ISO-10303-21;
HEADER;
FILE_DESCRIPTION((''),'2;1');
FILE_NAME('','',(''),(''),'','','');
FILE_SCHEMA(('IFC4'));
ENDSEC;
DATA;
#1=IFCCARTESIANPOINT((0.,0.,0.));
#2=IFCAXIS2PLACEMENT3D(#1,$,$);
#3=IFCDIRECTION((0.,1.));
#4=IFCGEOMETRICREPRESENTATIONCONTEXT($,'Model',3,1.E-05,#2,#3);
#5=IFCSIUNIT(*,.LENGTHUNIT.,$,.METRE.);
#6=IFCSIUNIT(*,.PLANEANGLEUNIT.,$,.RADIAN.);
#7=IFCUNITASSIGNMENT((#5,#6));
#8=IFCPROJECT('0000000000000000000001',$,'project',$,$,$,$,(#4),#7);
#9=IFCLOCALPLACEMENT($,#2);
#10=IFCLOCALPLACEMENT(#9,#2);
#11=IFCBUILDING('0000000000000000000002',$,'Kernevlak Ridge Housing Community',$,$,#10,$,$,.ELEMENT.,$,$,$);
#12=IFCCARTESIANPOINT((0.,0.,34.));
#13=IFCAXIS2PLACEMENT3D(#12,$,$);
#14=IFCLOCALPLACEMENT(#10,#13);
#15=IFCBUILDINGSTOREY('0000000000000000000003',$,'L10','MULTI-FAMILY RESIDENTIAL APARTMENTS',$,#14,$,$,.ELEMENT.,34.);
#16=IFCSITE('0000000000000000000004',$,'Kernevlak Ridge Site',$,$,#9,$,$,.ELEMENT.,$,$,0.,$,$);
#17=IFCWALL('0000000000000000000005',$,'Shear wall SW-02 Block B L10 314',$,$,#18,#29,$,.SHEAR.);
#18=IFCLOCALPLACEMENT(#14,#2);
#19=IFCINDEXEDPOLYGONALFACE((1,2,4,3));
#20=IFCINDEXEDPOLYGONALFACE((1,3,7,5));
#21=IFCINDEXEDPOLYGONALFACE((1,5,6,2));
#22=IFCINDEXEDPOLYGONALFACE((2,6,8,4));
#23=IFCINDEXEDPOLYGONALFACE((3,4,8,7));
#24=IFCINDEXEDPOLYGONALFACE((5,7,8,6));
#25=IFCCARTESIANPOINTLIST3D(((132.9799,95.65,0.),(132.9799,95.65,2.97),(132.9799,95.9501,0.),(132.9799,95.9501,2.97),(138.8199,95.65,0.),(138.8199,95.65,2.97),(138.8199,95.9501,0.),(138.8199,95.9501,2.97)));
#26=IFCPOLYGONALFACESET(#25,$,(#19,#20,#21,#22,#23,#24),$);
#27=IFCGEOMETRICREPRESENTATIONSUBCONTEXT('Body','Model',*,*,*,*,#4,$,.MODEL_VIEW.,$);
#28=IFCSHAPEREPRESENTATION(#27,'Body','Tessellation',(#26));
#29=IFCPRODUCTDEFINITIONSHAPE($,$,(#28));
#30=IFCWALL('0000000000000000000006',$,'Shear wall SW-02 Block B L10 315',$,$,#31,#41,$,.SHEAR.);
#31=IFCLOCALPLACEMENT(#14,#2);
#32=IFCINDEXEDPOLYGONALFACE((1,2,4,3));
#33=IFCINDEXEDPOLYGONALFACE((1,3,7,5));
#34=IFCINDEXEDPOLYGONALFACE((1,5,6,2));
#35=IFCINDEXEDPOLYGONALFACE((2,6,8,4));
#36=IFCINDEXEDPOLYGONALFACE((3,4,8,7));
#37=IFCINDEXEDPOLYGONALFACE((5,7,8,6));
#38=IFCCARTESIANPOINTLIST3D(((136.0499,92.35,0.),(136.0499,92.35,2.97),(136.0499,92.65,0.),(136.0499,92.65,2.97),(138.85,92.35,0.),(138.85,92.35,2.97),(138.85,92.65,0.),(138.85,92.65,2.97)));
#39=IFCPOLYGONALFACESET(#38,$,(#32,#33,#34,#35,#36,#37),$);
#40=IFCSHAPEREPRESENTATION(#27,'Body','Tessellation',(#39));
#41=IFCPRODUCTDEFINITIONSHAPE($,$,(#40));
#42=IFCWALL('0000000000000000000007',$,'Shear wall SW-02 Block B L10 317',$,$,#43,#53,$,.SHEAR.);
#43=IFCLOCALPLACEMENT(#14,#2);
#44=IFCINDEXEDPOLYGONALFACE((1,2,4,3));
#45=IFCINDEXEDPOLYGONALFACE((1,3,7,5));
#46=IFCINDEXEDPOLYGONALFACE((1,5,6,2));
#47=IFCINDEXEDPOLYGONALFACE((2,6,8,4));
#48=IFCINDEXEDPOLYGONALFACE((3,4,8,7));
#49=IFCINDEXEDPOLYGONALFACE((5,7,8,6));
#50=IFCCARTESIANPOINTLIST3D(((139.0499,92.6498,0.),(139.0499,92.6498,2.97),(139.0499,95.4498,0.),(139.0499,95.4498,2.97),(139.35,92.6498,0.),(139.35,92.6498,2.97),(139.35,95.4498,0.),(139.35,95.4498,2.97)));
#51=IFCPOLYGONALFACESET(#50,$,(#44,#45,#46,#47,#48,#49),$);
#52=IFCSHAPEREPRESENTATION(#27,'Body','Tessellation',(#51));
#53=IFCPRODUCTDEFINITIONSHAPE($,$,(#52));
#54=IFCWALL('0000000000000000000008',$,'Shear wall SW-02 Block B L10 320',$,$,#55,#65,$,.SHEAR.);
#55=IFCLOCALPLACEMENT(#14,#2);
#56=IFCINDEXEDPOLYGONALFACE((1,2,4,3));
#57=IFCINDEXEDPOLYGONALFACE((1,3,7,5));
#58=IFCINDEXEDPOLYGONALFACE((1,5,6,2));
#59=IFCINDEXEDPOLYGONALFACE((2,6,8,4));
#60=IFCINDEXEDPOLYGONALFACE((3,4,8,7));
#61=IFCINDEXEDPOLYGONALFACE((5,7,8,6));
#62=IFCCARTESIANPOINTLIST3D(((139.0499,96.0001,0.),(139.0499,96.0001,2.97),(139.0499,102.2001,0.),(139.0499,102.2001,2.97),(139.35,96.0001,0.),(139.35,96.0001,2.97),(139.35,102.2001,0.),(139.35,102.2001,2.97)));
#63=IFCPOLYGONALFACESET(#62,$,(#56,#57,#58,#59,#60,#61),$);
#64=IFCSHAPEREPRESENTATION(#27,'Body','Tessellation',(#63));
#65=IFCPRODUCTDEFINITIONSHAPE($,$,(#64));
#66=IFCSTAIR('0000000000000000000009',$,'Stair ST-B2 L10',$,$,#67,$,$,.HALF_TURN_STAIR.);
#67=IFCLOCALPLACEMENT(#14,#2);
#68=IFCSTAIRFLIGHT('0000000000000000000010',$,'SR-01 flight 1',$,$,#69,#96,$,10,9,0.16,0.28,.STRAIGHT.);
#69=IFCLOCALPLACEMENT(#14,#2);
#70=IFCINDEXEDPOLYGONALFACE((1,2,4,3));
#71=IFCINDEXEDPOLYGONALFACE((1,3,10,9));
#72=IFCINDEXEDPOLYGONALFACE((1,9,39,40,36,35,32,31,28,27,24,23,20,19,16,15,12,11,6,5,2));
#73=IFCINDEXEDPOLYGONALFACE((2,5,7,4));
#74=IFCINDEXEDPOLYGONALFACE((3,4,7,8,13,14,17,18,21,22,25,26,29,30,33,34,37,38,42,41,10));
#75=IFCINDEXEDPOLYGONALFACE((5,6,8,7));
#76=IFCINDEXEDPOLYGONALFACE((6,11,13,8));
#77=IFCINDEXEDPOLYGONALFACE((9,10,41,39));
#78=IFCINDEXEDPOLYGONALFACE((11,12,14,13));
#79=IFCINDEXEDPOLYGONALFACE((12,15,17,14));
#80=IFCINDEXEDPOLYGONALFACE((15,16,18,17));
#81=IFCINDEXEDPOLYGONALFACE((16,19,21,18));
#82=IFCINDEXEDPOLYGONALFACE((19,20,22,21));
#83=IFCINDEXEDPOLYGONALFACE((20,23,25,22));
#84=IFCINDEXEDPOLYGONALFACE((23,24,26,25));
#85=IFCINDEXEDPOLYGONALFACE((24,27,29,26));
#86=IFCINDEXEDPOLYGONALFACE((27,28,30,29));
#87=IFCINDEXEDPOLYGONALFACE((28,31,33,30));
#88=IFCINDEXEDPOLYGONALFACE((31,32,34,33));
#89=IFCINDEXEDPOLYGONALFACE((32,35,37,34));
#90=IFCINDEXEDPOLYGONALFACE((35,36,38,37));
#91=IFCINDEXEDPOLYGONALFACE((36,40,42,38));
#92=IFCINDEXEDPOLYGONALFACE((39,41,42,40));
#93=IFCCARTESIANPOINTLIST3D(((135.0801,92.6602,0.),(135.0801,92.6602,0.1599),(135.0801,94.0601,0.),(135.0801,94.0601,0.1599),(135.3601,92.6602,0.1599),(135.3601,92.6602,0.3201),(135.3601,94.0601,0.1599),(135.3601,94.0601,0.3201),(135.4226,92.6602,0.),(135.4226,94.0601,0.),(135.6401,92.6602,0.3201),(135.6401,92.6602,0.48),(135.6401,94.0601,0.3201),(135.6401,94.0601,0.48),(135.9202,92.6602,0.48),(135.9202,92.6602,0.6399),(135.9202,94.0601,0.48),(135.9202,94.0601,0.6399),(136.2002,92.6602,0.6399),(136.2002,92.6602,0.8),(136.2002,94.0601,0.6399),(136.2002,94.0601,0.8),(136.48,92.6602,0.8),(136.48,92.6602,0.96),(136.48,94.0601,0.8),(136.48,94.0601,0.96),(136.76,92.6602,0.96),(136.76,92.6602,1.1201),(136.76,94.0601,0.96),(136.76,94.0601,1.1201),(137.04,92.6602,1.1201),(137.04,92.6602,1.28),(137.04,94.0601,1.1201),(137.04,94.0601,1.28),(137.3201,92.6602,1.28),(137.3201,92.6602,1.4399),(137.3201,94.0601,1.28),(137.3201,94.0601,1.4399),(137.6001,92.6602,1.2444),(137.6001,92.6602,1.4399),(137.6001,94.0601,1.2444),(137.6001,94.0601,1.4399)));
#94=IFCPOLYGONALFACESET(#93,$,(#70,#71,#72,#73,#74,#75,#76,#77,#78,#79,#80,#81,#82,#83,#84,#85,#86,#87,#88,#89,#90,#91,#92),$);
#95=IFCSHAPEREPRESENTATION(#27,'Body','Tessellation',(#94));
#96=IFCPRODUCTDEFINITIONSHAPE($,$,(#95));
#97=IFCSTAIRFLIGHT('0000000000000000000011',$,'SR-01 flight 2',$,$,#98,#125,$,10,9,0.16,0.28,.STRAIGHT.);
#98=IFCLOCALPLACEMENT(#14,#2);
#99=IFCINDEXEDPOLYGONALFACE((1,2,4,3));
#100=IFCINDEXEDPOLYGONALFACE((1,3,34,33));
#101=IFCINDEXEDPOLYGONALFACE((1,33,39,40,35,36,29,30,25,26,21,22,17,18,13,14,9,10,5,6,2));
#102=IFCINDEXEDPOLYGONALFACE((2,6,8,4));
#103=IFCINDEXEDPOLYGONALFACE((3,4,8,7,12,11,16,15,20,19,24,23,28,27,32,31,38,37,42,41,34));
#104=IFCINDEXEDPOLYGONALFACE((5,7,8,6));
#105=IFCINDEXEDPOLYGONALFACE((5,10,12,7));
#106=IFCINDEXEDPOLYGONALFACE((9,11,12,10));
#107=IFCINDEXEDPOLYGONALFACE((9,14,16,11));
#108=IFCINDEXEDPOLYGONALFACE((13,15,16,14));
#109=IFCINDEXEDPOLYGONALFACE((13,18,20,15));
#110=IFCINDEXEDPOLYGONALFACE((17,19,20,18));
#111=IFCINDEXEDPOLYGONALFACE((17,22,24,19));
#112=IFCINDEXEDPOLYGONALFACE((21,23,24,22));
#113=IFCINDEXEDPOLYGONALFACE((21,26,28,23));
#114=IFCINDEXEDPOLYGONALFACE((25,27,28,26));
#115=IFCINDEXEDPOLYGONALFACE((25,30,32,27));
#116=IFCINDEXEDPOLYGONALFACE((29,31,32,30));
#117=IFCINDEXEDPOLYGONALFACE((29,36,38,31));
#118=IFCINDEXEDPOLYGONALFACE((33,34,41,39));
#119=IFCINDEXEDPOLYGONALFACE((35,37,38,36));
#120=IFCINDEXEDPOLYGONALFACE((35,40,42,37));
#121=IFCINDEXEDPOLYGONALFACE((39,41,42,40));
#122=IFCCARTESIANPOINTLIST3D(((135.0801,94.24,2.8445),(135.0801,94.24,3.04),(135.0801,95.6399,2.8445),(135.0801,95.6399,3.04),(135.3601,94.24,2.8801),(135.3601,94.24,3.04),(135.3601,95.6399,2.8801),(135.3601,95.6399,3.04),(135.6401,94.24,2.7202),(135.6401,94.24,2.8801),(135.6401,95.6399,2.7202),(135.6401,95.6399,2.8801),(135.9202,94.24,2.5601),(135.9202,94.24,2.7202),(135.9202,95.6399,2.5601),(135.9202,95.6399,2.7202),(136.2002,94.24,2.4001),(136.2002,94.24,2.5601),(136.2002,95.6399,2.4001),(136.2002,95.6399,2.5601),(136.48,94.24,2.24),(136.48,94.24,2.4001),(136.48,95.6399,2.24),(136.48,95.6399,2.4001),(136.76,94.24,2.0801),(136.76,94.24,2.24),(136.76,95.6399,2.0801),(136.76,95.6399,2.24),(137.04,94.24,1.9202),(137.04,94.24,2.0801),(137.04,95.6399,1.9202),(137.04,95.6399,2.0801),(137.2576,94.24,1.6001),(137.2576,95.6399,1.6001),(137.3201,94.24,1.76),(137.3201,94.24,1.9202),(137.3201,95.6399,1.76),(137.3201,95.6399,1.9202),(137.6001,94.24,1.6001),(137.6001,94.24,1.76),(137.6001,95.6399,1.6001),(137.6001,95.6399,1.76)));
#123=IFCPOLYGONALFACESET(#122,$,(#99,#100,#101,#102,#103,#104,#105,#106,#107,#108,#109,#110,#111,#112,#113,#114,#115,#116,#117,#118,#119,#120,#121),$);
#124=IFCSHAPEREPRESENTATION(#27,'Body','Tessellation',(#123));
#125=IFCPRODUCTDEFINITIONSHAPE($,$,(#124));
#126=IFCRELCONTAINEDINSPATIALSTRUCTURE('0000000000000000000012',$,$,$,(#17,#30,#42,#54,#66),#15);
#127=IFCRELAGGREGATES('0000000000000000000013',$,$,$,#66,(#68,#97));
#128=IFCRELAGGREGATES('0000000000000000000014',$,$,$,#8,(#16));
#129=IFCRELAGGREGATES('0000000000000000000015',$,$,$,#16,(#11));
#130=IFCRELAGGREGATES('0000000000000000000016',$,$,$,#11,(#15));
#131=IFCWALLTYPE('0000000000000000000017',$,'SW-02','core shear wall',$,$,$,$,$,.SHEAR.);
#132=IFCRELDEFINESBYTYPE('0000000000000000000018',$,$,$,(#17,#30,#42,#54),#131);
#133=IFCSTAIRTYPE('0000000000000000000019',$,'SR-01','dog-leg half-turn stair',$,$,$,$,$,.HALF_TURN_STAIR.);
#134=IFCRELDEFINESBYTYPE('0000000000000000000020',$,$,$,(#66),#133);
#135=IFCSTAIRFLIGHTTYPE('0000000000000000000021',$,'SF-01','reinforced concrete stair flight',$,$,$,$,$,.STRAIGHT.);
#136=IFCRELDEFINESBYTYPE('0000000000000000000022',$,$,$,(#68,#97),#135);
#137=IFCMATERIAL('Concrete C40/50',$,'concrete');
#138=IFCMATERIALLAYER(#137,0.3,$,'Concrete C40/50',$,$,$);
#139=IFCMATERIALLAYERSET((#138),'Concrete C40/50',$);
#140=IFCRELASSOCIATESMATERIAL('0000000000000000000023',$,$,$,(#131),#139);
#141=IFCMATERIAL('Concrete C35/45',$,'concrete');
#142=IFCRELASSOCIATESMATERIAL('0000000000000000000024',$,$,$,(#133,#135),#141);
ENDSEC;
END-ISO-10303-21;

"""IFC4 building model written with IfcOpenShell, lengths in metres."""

from ifc_helpers import new_model, si_unit, direction, frame, frame_2d, origin, place, context, subcontext, project, spatial, polyline, rectangle, outline, extrude, material, layer, layer_set, type_object, element, aggregate, save


model = new_model("IFC4")

# Units and contexts
model_context = context("Model", 3, precision=1e-05, world=origin(), true_north=direction((0.0, 1.0)))
body_context = subcontext(model_context, "Body", "Model", "MODEL_VIEW")
ifc_project = project(units=[si_unit("LENGTHUNIT", "METRE"), si_unit("PLANEANGLEUNIT", "RADIAN")], contexts=[model_context])

# Site, building, storey
site_placement = place(None, origin())
site = spatial("IfcSite", under=ifc_project, at=site_placement, Name="Kernevlak Ridge Site", CompositionType="ELEMENT", RefElevation=0.0)
building_placement = place(site_placement, origin())
building = spatial("IfcBuilding", under=site, at=building_placement, Name="Kernevlak Ridge Housing Community", CompositionType="ELEMENT")
storey_placement = place(building_placement, frame((0.0, 0.0, 34.0)))
storey = spatial("IfcBuildingStorey", under=building, at=storey_placement, Name="L10", Description="MULTI-FAMILY RESIDENTIAL APARTMENTS", CompositionType="ELEMENT", Elevation=34.0)

# Shared definitions
ifc_material_1 = material(Name="Concrete C35/45", Category="concrete")

# Walls
ifc_material_2 = material(Name="Concrete C40/50", Category="concrete")
ifc_layer_1 = layer(ifc_material_2, 0.3, Name="Concrete C40/50")
ifc_layer_set_1 = layer_set([ifc_layer_1], Name="Concrete C40/50")
wall_type_1 = type_object("IfcWallType", Name="SW-02", Description="core shear wall", PredefinedType="SHEAR", material=ifc_layer_set_1)
wall_1_placement = place(storey_placement, frame((132.98, 95.8, 0.0), z_axis=(0.0, 0.0, 1.0), x_axis=(1.0, 0.0, 0.0)))
element("IfcWall", 1, at=wall_1_placement, inside=storey, type_object=wall_type_1, Name="Shear wall SW-02 Block B L10 314", PredefinedType="SHEAR", context=body_context, shape_type="SweptSolid", body=[
    extrude(rectangle(XDim=5.8401, YDim=0.3, at=frame_2d((2.9199, 0.0))), origin(), (0.0, 0.0, 1.0), 2.97),
])
for number, where, z_axis, x_axis, name in (
    (2, (136.05, 92.5, 0.0), (0.0, 0.0, 1.0), (1.0, 0.0, 0.0), "Shear wall SW-02 Block B L10 315"),
    (3, (139.2, 92.6499, 0.0), (0.0, 0.0, 1.0), (0.0, 1.0, 0.0), "Shear wall SW-02 Block B L10 317"),
):
    element("IfcWall", number, at=place(storey_placement, frame(where, z_axis=z_axis, x_axis=x_axis)), inside=storey, type_object=wall_type_1, Name=name, PredefinedType="SHEAR", context=body_context, shape_type="SweptSolid", body=[
        extrude(rectangle(XDim=2.8, YDim=0.3, at=frame_2d((1.3999, 0.0))), origin(), (0.0, 0.0, 1.0), 2.97),
    ])
wall_2_placement = place(storey_placement, frame((139.2, 96.0, 0.0), z_axis=(0.0, 0.0, 1.0), x_axis=(0.0, 1.0, 0.0)))
element("IfcWall", 4, at=wall_2_placement, inside=storey, type_object=wall_type_1, Name="Shear wall SW-02 Block B L10 320", PredefinedType="SHEAR", context=body_context, shape_type="SweptSolid", body=[
    extrude(rectangle(XDim=6.2, YDim=0.3, at=frame_2d((3.1001, 0.0))), origin(), (0.0, 0.0, 1.0), 2.97),
])

# Stair, stair flights
stair_type = type_object("IfcStairType", Name="SR-01", Description="dog-leg half-turn stair", PredefinedType="HALF_TURN_STAIR", material=ifc_material_1)
stair_placement = place(storey_placement, origin())
stair = element("IfcStair", 5, at=stair_placement, inside=storey, type_object=stair_type, Name="Stair ST-B2 L10", PredefinedType="HALF_TURN_STAIR")
stair_flight_type = type_object("IfcStairFlightType", Name="SF-01", Description="reinforced concrete stair flight", PredefinedType="STRAIGHT", material=ifc_material_1)
stair_flight_1_placement = place(storey_placement, frame((135.0801, 93.3601, 0.0), z_axis=(0.0, 0.0, 1.0), x_axis=(1.0, 0.0, 0.0)))
stair_flight_1 = element("IfcStairFlight", 6, at=stair_flight_1_placement, type_object=stair_flight_type, Name="SR-01 flight 1", NumberOfRisers=10, NumberOfTreads=9, PredefinedType="STRAIGHT", RiserHeight=0.16, TreadLength=0.28, context=body_context, shape_type="SweptSolid", body=[
    extrude(outline(polyline([(0.0, 0.0), (0.0, 0.1599), (0.28, 0.1599), (0.28, 0.3201), (0.5601, 0.3201), (0.5601, 0.48), (0.8401, 0.48), (0.8401, 0.6399), (1.1201, 0.6399), (1.1201, 0.8), (1.3999, 0.8), (1.3999, 0.96), (1.6799, 0.96), (1.6799, 1.1201), (1.96, 1.1201), (1.96, 1.28), (2.24, 1.28), (2.24, 1.4399), (2.52, 1.4399), (2.52, 1.6001), (2.52, 1.2444), (0.3425, 0.0), (0.0, 0.0)])), frame((0.0, 0.7, 0.0), z_axis=(0.0, -1.0, 0.0), x_axis=(1.0, 0.0, 0.0)), (0.0, 0.0, 1.0), 1.3999),
])
stair_flight_2_placement = place(storey_placement, frame((137.6001, 94.9399, 1.6001), z_axis=(0.0, 0.0, 1.0), x_axis=(-1.0, 0.0, 0.0)))
stair_flight_2 = element("IfcStairFlight", 7, at=stair_flight_2_placement, type_object=stair_flight_type, Name="SR-01 flight 2", NumberOfRisers=10, NumberOfTreads=9, PredefinedType="STRAIGHT", RiserHeight=0.16, TreadLength=0.28, context=body_context, shape_type="SweptSolid", body=[
    extrude(outline(polyline([(0.0, 0.0), (0.0, 0.1599), (0.28, 0.1599), (0.28, 0.3201), (0.5601, 0.3201), (0.5601, 0.48), (0.8401, 0.48), (0.8401, 0.6399), (1.1201, 0.6399), (1.1201, 0.8), (1.3999, 0.8), (1.3999, 0.96), (1.6799, 0.96), (1.6799, 1.1201), (1.96, 1.1201), (1.96, 1.28), (2.24, 1.28), (2.24, 1.4399), (2.52, 1.4399), (2.52, 1.6001), (2.52, 1.2444), (0.3425, 0.0), (0.0, 0.0)])), frame((0.0, 0.7, 0.0), z_axis=(0.0, -1.0, 0.0), x_axis=(1.0, 0.0, 0.0)), (0.0, 0.0, 1.0), 1.3999),
])
aggregate(stair, [stair_flight_1, stair_flight_2])

save(model, "model.ifc")
